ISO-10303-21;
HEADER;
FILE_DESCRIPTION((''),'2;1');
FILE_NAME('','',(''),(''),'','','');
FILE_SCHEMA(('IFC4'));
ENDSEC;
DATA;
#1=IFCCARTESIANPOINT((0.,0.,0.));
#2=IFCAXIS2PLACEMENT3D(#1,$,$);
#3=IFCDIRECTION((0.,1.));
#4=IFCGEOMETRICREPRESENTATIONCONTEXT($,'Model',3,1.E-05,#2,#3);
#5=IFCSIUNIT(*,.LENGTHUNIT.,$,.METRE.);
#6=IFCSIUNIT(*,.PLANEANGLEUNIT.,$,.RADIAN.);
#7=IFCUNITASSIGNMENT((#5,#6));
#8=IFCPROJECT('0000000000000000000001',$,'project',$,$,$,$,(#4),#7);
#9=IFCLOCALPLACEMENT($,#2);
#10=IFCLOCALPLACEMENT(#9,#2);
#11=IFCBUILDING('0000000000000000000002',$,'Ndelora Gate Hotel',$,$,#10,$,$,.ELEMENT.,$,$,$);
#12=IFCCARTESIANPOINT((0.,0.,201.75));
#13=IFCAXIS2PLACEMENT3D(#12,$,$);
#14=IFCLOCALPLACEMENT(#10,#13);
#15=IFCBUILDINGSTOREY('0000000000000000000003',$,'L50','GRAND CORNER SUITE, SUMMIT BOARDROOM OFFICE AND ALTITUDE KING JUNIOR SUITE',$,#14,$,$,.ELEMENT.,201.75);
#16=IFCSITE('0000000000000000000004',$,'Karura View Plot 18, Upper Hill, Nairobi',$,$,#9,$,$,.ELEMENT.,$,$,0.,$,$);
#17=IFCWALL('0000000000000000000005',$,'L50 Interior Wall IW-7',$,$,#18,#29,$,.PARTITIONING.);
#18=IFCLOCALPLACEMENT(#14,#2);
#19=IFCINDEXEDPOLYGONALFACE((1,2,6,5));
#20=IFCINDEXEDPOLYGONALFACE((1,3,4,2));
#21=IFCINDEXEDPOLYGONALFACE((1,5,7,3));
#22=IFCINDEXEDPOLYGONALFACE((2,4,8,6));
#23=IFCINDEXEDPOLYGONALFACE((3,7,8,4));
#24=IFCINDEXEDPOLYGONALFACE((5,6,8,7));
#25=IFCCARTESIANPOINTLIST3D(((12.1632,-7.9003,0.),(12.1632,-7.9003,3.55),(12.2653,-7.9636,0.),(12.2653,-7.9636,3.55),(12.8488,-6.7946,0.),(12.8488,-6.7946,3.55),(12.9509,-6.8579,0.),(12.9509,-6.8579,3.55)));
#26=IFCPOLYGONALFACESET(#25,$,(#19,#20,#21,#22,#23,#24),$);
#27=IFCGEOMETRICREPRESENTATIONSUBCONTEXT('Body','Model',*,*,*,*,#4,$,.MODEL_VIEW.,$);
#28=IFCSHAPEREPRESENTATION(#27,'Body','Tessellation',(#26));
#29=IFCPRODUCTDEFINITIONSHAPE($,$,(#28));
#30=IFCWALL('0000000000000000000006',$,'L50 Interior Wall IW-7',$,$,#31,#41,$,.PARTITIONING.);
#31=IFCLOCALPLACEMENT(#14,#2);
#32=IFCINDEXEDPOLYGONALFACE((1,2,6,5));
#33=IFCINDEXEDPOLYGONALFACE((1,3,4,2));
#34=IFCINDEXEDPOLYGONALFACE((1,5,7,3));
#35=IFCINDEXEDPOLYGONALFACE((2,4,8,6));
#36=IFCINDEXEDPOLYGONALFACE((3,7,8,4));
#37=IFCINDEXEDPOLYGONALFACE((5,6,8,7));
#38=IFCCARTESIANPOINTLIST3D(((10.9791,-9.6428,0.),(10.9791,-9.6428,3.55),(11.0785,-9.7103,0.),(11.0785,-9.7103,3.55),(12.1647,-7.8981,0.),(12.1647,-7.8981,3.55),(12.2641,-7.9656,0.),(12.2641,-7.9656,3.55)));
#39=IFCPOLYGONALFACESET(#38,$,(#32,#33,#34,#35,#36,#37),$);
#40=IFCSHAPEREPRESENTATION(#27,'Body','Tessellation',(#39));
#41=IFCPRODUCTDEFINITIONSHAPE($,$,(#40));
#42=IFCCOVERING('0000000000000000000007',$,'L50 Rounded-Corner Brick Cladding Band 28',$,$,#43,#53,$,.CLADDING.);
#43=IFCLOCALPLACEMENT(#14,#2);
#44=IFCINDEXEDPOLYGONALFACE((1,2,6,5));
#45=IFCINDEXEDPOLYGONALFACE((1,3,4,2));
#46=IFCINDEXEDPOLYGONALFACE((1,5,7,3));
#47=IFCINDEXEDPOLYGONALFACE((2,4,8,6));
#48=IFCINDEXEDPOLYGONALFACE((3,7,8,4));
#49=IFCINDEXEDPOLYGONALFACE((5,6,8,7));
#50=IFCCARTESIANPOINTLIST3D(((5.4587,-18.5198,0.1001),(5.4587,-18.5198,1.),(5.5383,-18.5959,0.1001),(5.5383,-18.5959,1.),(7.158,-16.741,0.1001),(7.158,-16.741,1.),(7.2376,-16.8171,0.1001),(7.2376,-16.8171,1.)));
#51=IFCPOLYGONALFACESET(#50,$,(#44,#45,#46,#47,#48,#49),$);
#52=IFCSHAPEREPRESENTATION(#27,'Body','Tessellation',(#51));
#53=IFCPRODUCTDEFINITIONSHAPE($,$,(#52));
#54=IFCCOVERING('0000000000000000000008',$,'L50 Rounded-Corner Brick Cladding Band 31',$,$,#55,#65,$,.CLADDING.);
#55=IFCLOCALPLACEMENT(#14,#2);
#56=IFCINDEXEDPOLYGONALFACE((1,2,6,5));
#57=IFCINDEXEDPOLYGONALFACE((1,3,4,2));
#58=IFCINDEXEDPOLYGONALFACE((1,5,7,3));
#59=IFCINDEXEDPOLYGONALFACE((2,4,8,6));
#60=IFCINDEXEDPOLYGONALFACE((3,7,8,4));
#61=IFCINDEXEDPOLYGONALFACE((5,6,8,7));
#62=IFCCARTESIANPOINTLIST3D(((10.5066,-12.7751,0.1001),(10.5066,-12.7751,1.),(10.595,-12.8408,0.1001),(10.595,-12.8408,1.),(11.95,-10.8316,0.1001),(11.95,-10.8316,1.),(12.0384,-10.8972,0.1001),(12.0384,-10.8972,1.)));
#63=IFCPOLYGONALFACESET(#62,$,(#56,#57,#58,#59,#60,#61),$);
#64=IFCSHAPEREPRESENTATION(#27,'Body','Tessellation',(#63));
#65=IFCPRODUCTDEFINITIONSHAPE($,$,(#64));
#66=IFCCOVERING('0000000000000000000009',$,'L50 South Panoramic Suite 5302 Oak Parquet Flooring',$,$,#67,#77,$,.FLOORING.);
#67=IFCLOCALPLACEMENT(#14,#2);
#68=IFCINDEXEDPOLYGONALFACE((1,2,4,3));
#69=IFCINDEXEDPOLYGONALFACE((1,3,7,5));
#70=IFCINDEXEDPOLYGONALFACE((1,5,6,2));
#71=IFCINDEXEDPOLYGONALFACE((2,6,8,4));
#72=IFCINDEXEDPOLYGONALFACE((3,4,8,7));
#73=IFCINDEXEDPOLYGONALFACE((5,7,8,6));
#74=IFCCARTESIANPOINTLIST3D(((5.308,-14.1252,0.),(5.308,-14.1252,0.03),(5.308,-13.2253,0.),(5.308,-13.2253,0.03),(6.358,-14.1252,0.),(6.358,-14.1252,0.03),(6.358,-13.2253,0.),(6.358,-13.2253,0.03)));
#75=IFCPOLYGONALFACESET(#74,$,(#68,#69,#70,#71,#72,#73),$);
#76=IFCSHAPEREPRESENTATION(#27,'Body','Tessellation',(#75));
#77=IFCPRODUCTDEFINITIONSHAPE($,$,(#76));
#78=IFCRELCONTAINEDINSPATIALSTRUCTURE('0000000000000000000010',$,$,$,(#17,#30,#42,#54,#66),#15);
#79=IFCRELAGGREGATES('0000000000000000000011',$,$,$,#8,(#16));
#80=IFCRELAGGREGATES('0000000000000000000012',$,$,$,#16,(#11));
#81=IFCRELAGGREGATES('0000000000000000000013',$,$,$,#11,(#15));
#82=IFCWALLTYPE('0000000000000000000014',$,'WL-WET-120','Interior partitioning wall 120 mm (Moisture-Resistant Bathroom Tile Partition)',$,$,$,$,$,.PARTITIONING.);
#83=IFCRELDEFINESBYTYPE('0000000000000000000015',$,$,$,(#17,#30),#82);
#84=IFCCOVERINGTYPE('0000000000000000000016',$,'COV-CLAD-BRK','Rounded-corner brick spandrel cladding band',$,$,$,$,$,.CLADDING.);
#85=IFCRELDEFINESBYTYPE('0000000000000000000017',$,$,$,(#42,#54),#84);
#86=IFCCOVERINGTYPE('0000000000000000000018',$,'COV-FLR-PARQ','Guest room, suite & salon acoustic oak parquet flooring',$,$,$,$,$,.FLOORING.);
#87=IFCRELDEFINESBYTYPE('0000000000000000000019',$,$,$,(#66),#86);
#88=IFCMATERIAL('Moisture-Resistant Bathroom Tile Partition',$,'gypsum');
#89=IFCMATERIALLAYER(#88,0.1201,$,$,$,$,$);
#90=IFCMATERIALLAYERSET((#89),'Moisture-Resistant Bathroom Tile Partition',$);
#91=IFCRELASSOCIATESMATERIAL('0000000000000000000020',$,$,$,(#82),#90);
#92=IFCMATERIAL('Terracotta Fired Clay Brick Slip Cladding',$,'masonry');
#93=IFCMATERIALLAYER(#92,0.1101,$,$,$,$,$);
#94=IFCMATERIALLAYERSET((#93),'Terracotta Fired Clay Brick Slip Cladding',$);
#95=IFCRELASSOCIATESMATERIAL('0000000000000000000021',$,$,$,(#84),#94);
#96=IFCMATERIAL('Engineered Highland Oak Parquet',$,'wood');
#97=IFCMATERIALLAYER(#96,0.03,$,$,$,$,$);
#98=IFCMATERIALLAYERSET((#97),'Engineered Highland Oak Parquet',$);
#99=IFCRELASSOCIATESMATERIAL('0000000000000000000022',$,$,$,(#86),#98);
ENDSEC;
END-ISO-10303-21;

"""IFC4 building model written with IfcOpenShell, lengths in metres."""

from ifc_helpers import new_model, si_unit, direction, frame, frame_2d, origin, origin_2d, place, context, subcontext, project, spatial, rectangle, extrude, material, layer, layer_set, type_object, element, save


model = new_model("IFC4")

# Units and contexts
model_context = context("Model", 3, precision=1e-05, world=origin(), true_north=direction((0.0, 1.0)))
body_context = subcontext(model_context, "Body", "Model", "MODEL_VIEW")
ifc_project = project(units=[si_unit("LENGTHUNIT", "METRE"), si_unit("PLANEANGLEUNIT", "RADIAN")], contexts=[model_context])

# Site, building, storey
site_placement = place(None, origin())
site = spatial("IfcSite", under=ifc_project, at=site_placement, Name="Karura View Plot 18, Upper Hill, Nairobi", CompositionType="ELEMENT", RefElevation=0.0)
building_placement = place(site_placement, origin())
building = spatial("IfcBuilding", under=site, at=building_placement, Name="Ndelora Gate Hotel", CompositionType="ELEMENT")
storey_placement = place(building_placement, frame((0.0, 0.0, 201.75)))
storey = spatial("IfcBuildingStorey", under=building, at=storey_placement, Name="L50", Description="GRAND CORNER SUITE, SUMMIT BOARDROOM OFFICE AND ALTITUDE KING JUNIOR SUITE", CompositionType="ELEMENT", Elevation=201.75)

# Shared definitions
ifc_material_1 = material(Name="Moisture-Resistant Bathroom Tile Partition", Category="gypsum")
ifc_layer_1 = layer(ifc_material_1, 0.1201)
ifc_layer_set_1 = layer_set([ifc_layer_1], Name="Moisture-Resistant Bathroom Tile Partition")
wall_type_1 = type_object("IfcWallType", Name="WL-WET-120", Description="Interior partitioning wall 120 mm (Moisture-Resistant Bathroom Tile Partition)", PredefinedType="PARTITIONING", material=ifc_layer_set_1)

# Walls
wall_1_placement = place(storey_placement, frame((12.2144, -7.9319, 0.0), z_axis=(0.0, 0.0, 1.0), x_axis=(0.526942, 0.849901, 0.0)))
element("IfcWall", 1, at=wall_1_placement, inside=storey, type_object=wall_type_1, Name="L50 Interior Wall IW-7", PredefinedType="PARTITIONING", context=body_context, shape_type="SweptSolid", body=[
    extrude(rectangle(XDim=1.301, YDim=0.1201, at=frame_2d((0.6504, 0.0))), origin(), (0.0, 0.0, 1.0), 3.55),
])
wall_2_placement = place(storey_placement, frame((11.0288, -9.6765, 0.0), z_axis=(0.0, 0.0, 1.0), x_axis=(0.56205, 0.827103, 0.0)))
element("IfcWall", 2, at=wall_2_placement, inside=storey, type_object=wall_type_1, Name="L50 Interior Wall IW-7", PredefinedType="PARTITIONING", context=body_context, shape_type="SweptSolid", body=[
    extrude(rectangle(XDim=2.1094, YDim=0.1201, at=frame_2d((1.0547, 0.0))), origin(), (0.0, 0.0, 1.0), 3.55),
])

# Coverings
ifc_material_2 = material(Name="Terracotta Fired Clay Brick Slip Cladding", Category="masonry")
ifc_layer_2 = layer(ifc_material_2, 0.1101)
ifc_layer_set_2 = layer_set([ifc_layer_2], Name="Terracotta Fired Clay Brick Slip Cladding")
covering_type_1 = type_object("IfcCoveringType", Name="COV-CLAD-BRK", Description="Rounded-corner brick spandrel cladding band", PredefinedType="CLADDING", material=ifc_layer_set_2)
covering_1_placement = place(storey_placement, frame((6.3481, -17.6685, 0.1001), z_axis=(0.0, 0.0, 1.0), x_axis=(0.690756, 0.723088, 0.0)))
element("IfcCovering", 3, at=covering_1_placement, inside=storey, type_object=covering_type_1, Name="L50 Rounded-Corner Brick Cladding Band 28", PredefinedType="CLADDING", context=body_context, shape_type="SweptSolid", body=[
    extrude(rectangle(XDim=2.46, YDim=0.1101, at=origin_2d()), origin(), (0.0, 0.0, 1.0), 0.8999),
])
covering_2_placement = place(storey_placement, frame((11.2725, -11.8362, 0.1001), z_axis=(0.0, 0.0, 1.0), x_axis=(0.596225, 0.802817, 0.0)))
element("IfcCovering", 4, at=covering_2_placement, inside=storey, type_object=covering_type_1, Name="L50 Rounded-Corner Brick Cladding Band 31", PredefinedType="CLADDING", context=body_context, shape_type="SweptSolid", body=[
    extrude(rectangle(XDim=2.4209, YDim=0.1101, at=origin_2d()), origin(), (0.0, 0.0, 1.0), 0.8999),
])
ifc_material_3 = material(Name="Engineered Highland Oak Parquet", Category="wood")
ifc_layer_3 = layer(ifc_material_3, 0.03)
ifc_layer_set_3 = layer_set([ifc_layer_3], Name="Engineered Highland Oak Parquet")
covering_type_2 = type_object("IfcCoveringType", Name="COV-FLR-PARQ", Description="Guest room, suite & salon acoustic oak parquet flooring", PredefinedType="FLOORING", material=ifc_layer_set_3)
covering_3_placement = place(storey_placement, frame((5.833, -13.6753, 0.0), z_axis=(0.0, 0.0, 1.0), x_axis=(1.0, 0.0, 0.0)))
element("IfcCovering", 5, at=covering_3_placement, inside=storey, type_object=covering_type_2, Name="L50 South Panoramic Suite 5302 Oak Parquet Flooring", PredefinedType="FLOORING", context=body_context, shape_type="SweptSolid", body=[
    extrude(rectangle(XDim=1.05, YDim=0.8999, at=origin_2d()), origin(), (0.0, 0.0, 1.0), 0.03),
])

save(model, "model.ifc")
